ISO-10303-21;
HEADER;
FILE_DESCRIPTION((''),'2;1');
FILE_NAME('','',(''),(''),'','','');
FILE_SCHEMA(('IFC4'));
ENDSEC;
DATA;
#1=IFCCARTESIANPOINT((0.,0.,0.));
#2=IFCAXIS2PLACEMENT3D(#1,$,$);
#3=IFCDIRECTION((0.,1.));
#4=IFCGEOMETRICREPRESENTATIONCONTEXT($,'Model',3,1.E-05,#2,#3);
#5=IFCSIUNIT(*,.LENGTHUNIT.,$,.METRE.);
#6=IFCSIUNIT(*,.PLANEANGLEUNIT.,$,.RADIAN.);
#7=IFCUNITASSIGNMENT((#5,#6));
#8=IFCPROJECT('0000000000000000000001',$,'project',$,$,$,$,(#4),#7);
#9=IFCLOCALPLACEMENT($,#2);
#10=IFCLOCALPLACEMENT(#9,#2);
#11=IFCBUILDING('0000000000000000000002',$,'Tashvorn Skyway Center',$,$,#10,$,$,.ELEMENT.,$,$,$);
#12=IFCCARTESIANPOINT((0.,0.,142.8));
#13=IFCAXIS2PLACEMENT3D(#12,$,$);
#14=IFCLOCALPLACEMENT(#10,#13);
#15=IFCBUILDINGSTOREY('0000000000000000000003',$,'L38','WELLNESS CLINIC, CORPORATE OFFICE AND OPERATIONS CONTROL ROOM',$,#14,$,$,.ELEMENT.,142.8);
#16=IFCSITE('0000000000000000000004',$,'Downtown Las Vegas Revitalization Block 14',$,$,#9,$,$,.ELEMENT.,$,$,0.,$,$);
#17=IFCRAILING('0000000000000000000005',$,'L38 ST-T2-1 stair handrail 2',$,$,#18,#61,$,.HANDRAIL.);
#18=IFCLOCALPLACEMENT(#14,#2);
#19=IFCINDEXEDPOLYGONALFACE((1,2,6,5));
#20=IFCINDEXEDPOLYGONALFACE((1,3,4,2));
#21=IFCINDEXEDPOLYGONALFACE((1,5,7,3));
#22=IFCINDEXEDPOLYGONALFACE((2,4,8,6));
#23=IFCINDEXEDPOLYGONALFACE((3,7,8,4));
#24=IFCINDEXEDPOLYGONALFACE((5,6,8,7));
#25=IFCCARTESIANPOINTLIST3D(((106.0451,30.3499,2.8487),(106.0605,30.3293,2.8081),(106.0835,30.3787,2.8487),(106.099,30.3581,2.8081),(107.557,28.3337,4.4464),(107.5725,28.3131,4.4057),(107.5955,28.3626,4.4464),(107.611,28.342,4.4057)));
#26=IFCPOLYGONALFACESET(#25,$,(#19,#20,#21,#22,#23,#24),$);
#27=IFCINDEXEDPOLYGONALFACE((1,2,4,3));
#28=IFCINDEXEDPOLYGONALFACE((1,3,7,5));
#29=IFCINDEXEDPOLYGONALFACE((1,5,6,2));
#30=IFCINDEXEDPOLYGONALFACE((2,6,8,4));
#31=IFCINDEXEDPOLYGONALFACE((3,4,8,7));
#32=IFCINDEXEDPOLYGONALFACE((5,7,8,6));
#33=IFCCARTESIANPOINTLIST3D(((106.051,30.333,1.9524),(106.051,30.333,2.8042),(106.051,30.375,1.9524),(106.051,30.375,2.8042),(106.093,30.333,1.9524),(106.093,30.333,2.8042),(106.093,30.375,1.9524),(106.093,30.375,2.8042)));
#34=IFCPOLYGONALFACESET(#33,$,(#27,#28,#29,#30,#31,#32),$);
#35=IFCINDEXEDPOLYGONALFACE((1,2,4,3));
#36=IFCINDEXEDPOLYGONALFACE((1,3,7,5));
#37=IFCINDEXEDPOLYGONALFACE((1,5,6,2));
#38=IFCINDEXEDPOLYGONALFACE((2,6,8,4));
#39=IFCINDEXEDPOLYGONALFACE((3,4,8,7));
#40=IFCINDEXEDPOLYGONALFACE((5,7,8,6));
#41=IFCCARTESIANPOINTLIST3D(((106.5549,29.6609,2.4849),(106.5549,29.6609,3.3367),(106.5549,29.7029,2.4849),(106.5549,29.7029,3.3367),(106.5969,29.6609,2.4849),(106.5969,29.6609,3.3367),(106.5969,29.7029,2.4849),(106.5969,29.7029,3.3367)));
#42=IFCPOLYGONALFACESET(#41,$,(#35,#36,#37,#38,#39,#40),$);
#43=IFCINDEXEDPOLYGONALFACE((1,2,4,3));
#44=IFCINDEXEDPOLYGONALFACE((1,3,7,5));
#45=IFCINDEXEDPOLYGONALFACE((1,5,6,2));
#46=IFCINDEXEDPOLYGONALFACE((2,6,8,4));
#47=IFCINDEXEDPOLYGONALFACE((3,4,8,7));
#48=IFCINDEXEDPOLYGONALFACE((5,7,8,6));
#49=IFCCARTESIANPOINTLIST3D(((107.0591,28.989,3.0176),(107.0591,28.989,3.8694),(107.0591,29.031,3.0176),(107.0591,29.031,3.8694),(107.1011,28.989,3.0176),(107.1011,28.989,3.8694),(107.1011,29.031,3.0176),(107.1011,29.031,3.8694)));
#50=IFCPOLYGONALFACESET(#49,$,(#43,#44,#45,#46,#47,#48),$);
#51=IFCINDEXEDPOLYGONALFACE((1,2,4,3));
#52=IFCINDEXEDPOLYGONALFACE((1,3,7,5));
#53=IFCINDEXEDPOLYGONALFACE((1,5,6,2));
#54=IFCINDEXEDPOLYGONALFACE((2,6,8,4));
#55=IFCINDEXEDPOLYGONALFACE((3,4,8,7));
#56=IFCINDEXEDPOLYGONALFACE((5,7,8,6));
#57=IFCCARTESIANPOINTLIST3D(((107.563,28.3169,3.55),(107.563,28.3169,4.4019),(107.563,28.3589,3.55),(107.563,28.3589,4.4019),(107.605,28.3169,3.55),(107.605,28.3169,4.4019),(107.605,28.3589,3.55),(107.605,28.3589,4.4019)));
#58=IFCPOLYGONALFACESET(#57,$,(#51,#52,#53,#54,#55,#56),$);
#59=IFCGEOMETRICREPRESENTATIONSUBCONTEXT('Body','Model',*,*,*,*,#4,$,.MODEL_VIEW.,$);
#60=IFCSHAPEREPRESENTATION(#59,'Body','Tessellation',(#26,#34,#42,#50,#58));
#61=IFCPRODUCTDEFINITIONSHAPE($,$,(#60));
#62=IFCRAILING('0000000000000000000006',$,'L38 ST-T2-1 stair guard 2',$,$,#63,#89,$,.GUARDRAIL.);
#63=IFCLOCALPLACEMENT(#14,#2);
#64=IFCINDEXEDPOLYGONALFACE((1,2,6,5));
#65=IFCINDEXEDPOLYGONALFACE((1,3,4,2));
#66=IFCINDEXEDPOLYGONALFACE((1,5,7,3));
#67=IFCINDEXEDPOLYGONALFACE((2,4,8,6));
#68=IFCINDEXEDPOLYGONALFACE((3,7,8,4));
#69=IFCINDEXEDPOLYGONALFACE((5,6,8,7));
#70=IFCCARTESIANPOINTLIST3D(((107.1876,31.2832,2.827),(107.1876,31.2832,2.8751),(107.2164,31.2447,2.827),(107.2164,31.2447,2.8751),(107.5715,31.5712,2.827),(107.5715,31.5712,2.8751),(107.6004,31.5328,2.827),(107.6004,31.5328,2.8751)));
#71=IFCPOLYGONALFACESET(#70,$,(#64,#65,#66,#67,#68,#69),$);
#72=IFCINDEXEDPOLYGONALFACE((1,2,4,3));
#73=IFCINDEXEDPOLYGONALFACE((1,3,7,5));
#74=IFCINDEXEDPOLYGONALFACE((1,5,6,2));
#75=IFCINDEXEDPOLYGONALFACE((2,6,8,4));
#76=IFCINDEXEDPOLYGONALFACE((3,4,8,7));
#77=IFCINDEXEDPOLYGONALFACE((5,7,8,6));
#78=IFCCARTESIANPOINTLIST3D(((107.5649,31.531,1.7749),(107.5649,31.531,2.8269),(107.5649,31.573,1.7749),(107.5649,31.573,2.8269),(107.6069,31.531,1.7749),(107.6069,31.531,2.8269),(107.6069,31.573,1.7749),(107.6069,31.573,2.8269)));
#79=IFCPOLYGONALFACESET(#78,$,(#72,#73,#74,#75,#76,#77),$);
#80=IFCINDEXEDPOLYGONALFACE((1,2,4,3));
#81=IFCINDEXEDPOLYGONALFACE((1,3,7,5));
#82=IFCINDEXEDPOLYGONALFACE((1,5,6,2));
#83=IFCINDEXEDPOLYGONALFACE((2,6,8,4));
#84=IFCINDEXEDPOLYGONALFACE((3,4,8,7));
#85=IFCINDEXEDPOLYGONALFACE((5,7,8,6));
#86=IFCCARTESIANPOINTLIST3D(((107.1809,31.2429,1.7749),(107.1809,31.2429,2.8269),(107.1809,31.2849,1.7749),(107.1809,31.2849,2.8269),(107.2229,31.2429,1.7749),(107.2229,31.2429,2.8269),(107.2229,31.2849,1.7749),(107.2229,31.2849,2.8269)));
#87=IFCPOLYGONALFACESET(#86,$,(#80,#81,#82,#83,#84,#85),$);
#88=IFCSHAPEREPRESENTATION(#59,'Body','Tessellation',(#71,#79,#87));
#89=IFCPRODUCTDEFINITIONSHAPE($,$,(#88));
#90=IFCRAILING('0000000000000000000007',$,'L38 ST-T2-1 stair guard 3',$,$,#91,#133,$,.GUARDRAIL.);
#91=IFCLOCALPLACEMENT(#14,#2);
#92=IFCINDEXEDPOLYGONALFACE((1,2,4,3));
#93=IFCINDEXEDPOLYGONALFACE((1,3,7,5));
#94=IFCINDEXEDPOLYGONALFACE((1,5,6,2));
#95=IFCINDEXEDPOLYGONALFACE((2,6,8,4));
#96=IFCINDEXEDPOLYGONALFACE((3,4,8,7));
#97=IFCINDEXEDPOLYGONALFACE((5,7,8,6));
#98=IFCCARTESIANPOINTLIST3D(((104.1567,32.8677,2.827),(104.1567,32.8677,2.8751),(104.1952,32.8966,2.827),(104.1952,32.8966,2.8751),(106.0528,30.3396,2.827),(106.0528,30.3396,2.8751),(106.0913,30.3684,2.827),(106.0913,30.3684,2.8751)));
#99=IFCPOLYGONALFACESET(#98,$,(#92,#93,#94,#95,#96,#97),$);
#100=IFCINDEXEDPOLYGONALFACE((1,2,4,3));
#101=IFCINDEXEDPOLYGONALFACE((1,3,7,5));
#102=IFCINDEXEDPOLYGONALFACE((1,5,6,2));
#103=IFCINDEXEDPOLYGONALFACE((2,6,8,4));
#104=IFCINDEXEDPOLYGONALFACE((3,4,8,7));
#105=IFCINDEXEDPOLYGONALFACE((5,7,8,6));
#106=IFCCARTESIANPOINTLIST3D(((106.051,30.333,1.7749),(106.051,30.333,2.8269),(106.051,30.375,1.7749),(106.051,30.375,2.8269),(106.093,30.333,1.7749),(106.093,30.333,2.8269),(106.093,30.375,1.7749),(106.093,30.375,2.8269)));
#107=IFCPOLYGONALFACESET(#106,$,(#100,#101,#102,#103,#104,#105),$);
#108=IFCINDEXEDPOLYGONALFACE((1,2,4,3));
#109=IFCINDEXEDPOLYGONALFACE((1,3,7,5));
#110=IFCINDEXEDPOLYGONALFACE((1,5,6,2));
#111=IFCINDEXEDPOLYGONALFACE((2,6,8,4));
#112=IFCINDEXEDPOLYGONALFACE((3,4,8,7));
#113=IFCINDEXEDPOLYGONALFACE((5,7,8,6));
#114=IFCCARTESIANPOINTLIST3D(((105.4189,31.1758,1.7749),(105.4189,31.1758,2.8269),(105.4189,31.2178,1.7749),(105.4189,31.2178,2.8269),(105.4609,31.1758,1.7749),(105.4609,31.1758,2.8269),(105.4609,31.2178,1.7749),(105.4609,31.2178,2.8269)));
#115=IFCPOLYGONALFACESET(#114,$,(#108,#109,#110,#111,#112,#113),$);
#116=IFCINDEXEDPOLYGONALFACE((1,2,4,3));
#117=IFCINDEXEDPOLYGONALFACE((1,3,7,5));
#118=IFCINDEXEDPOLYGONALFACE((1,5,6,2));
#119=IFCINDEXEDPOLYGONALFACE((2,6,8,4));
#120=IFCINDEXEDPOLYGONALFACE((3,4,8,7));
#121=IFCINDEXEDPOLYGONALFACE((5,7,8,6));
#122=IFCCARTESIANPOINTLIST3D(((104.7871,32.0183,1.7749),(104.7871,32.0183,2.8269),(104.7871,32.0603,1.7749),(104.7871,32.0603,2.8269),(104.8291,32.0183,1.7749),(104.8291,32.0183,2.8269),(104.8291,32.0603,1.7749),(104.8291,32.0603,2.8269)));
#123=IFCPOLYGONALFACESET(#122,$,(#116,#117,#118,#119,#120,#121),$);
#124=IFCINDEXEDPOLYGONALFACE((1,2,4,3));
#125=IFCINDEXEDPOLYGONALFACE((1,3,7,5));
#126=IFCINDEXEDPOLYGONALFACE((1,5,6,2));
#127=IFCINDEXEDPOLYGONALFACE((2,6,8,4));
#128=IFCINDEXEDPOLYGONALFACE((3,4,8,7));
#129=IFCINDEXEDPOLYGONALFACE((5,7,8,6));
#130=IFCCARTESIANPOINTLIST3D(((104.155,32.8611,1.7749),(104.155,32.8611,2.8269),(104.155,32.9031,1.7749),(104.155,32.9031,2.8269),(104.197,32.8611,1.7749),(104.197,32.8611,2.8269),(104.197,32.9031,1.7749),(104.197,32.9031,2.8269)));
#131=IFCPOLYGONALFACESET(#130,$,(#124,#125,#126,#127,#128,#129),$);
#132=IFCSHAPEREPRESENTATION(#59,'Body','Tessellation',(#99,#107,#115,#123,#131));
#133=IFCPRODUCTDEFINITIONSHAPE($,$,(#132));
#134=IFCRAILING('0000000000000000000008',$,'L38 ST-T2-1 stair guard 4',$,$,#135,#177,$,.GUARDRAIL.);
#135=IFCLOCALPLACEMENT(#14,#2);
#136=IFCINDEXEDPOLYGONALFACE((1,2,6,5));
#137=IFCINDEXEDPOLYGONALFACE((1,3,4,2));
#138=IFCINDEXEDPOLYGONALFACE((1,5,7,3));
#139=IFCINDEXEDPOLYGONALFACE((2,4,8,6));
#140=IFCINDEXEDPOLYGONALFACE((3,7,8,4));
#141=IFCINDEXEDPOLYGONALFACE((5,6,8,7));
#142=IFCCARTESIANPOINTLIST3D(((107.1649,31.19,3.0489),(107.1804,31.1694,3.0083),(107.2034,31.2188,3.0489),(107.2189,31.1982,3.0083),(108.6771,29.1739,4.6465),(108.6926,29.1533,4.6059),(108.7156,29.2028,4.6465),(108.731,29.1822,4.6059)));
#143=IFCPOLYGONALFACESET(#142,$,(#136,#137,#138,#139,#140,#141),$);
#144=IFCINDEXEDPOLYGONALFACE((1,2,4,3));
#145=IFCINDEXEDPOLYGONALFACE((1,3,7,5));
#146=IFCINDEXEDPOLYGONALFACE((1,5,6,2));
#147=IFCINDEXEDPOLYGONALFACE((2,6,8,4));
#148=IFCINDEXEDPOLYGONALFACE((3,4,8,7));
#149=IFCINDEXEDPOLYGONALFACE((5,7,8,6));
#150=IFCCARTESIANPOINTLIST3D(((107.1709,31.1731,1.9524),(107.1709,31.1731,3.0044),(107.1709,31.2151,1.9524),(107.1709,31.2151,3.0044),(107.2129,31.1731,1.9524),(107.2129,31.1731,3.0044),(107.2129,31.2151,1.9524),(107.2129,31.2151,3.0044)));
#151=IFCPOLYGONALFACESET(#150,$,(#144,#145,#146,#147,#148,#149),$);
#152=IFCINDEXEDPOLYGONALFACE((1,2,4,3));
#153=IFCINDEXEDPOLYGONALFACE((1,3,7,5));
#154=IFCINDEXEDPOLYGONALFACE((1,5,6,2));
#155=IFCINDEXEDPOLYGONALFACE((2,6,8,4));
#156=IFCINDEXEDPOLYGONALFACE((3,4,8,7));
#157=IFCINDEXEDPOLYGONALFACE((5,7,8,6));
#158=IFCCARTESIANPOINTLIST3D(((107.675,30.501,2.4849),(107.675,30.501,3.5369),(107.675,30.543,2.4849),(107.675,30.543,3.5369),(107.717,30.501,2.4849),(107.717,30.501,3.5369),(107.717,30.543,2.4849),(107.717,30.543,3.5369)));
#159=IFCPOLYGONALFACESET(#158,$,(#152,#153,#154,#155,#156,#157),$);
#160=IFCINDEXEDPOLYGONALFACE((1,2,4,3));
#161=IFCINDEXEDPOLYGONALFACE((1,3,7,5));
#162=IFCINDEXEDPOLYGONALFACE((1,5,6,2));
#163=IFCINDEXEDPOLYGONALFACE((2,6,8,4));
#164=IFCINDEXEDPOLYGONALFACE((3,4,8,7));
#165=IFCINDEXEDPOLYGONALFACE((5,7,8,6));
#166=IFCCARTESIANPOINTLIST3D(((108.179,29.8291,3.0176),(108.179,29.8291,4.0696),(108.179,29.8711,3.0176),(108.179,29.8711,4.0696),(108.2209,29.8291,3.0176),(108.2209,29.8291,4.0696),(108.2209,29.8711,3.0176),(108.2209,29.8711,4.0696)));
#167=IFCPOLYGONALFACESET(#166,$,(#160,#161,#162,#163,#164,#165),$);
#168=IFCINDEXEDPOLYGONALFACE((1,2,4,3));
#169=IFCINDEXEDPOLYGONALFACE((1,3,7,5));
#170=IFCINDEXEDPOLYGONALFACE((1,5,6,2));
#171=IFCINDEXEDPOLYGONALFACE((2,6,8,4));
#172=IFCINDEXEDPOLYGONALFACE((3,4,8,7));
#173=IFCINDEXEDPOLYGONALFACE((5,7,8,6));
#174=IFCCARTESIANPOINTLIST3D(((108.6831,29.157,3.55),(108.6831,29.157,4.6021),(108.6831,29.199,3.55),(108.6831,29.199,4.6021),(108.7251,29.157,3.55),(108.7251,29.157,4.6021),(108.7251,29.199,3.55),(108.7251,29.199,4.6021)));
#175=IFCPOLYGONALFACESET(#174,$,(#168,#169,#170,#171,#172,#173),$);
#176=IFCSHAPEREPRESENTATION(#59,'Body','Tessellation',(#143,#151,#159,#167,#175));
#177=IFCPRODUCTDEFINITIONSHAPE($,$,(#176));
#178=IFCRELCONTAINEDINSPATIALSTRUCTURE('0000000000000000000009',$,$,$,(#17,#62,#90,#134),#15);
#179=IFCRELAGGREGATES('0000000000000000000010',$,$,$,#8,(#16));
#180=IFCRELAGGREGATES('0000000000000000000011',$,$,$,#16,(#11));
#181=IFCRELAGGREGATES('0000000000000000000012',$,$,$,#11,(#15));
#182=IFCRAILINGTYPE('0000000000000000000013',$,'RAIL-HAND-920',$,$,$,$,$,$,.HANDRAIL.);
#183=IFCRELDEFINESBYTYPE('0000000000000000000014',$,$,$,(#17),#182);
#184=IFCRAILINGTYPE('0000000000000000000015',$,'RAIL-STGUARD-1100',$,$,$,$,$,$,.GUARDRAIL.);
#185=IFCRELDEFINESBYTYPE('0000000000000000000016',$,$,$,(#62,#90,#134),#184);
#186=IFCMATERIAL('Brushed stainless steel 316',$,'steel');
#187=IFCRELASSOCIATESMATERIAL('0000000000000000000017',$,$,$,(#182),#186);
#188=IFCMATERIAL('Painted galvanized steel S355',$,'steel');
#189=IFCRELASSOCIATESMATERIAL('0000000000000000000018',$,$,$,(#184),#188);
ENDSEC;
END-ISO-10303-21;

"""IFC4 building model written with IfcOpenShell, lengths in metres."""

from ifc_helpers import new_model, si_unit, direction, frame, origin, origin_2d, place, context, subcontext, project, spatial, rectangle, extrude, material, type_object, element, save


model = new_model("IFC4")

# Units and contexts
model_context = context("Model", 3, precision=1e-05, world=origin(), true_north=direction((0.0, 1.0)))
body_context = subcontext(model_context, "Body", "Model", "MODEL_VIEW")
ifc_project = project(units=[si_unit("LENGTHUNIT", "METRE"), si_unit("PLANEANGLEUNIT", "RADIAN")], contexts=[model_context])

# Site, building, storey
site_placement = place(None, origin())
site = spatial("IfcSite", under=ifc_project, at=site_placement, Name="Downtown Las Vegas Revitalization Block 14", CompositionType="ELEMENT", RefElevation=0.0)
building_placement = place(site_placement, origin())
building = spatial("IfcBuilding", under=site, at=building_placement, Name="Tashvorn Skyway Center", CompositionType="ELEMENT")
storey_placement = place(building_placement, frame((0.0, 0.0, 142.8)))
storey = spatial("IfcBuildingStorey", under=building, at=storey_placement, Name="L38", Description="WELLNESS CLINIC, CORPORATE OFFICE AND OPERATIONS CONTROL ROOM", CompositionType="ELEMENT", Elevation=142.8)

# Railings
ifc_material_1 = material(Name="Brushed stainless steel 316", Category="steel")
railing_type_1 = type_object("IfcRailingType", Name="RAIL-HAND-920", PredefinedType="HANDRAIL", material=ifc_material_1)
railing_1_placement = place(storey_placement, frame((106.072, 30.354, 1.9524)))
element("IfcRailing", 1, at=railing_1_placement, inside=storey, type_object=railing_type_1, Name="L38 ST-T2-1 stair handrail 2", PredefinedType="HANDRAIL", context=body_context, shape_type="SweptSolid", body=[
    extrude(rectangle(XDim=0.0481, YDim=0.0481, at=origin_2d()), frame((0.0, 0.0, 0.876), z_axis=(0.506719, -0.675679, 0.535438), x_axis=(0.800023, 0.599969, 0.0)), (0.0, 0.0, 1.0), 2.9839),
    extrude(rectangle(XDim=0.042, YDim=0.042, at=origin_2d()), origin(), (0.0, 0.0, 1.0), 0.8518),
    extrude(rectangle(XDim=0.042, YDim=0.042, at=origin_2d()), frame((0.5039, -0.6721, 0.5325)), (0.0, 0.0, 1.0), 0.8518),
    extrude(rectangle(XDim=0.042, YDim=0.042, at=origin_2d()), frame((1.0081, -1.344, 1.0652)), (0.0, 0.0, 1.0), 0.8518),
    extrude(rectangle(XDim=0.042, YDim=0.042, at=origin_2d()), frame((1.512, -2.0161, 1.5977)), (0.0, 0.0, 1.0), 0.8518),
])
ifc_material_2 = material(Name="Painted galvanized steel S355", Category="steel")
railing_type_2 = type_object("IfcRailingType", Name="RAIL-STGUARD-1100", PredefinedType="GUARDRAIL", material=ifc_material_2)
railing_2_placement = place(storey_placement, frame((107.5859, 31.552, 1.7749)))
element("IfcRailing", 2, at=railing_2_placement, inside=storey, type_object=railing_type_2, Name="L38 ST-T2-1 stair guard 2", PredefinedType="GUARDRAIL", context=body_context, shape_type="SweptSolid", body=[
    extrude(rectangle(XDim=0.0481, YDim=0.0481, at=origin_2d()), frame((0.0, 0.0, 1.0762), z_axis=(-0.799939, -0.600081, 0.0), x_axis=(0.600081, -0.799939, 0.0)), (0.0, 0.0, 1.0), 0.48),
    extrude(rectangle(XDim=0.042, YDim=0.042, at=origin_2d()), origin(), (0.0, 0.0, 1.0), 1.052),
    extrude(rectangle(XDim=0.042, YDim=0.042, at=origin_2d()), frame((-0.384, -0.2881, 0.0)), (0.0, 0.0, 1.0), 1.052),
])
railing_3_placement = place(storey_placement, frame((106.072, 30.354, 1.7749)))
element("IfcRailing", 3, at=railing_3_placement, inside=storey, type_object=railing_type_2, Name="L38 ST-T2-1 stair guard 3", PredefinedType="GUARDRAIL", context=body_context, shape_type="SweptSolid", body=[
    extrude(rectangle(XDim=0.0481, YDim=0.0481, at=origin_2d()), frame((0.0, 0.0, 1.0762), z_axis=(-0.599988, 0.800009, 0.0), x_axis=(-0.800009, -0.599988, 0.0)), (0.0, 0.0, 1.0), 3.1602),
    extrude(rectangle(XDim=0.042, YDim=0.042, at=origin_2d()), origin(), (0.0, 0.0, 1.0), 1.052),
    extrude(rectangle(XDim=0.042, YDim=0.042, at=origin_2d()), frame((-0.6321, 0.8428, 0.0)), (0.0, 0.0, 1.0), 1.052),
    extrude(rectangle(XDim=0.042, YDim=0.042, at=origin_2d()), frame((-1.2639, 1.6853, 0.0)), (0.0, 0.0, 1.0), 1.052),
    extrude(rectangle(XDim=0.042, YDim=0.042, at=origin_2d()), frame((-1.896, 2.5281, 0.0)), (0.0, 0.0, 1.0), 1.052),
])
railing_4_placement = place(storey_placement, frame((107.1919, 31.1941, 1.9524)))
element("IfcRailing", 4, at=railing_4_placement, inside=storey, type_object=railing_type_2, Name="L38 ST-T2-1 stair guard 4", PredefinedType="GUARDRAIL", context=body_context, shape_type="SweptSolid", body=[
    extrude(rectangle(XDim=0.0481, YDim=0.0481, at=origin_2d()), frame((0.0, 0.0, 1.0762), z_axis=(0.506779, -0.675651, 0.535416), x_axis=(0.799977, 0.600031, 0.0)), (0.0, 0.0, 1.0), 2.9839),
    extrude(rectangle(XDim=0.042, YDim=0.042, at=origin_2d()), origin(), (0.0, 0.0, 1.0), 1.052),
    extrude(rectangle(XDim=0.042, YDim=0.042, at=origin_2d()), frame((0.5042, -0.6721, 0.5325)), (0.0, 0.0, 1.0), 1.052),
    extrude(rectangle(XDim=0.042, YDim=0.042, at=origin_2d()), frame((1.0081, -1.344, 1.0652)), (0.0, 0.0, 1.0), 1.052),
    extrude(rectangle(XDim=0.042, YDim=0.042, at=origin_2d()), frame((1.5122, -2.0161, 1.5977)), (0.0, 0.0, 1.0), 1.052),
])

save(model, "model.ifc")
